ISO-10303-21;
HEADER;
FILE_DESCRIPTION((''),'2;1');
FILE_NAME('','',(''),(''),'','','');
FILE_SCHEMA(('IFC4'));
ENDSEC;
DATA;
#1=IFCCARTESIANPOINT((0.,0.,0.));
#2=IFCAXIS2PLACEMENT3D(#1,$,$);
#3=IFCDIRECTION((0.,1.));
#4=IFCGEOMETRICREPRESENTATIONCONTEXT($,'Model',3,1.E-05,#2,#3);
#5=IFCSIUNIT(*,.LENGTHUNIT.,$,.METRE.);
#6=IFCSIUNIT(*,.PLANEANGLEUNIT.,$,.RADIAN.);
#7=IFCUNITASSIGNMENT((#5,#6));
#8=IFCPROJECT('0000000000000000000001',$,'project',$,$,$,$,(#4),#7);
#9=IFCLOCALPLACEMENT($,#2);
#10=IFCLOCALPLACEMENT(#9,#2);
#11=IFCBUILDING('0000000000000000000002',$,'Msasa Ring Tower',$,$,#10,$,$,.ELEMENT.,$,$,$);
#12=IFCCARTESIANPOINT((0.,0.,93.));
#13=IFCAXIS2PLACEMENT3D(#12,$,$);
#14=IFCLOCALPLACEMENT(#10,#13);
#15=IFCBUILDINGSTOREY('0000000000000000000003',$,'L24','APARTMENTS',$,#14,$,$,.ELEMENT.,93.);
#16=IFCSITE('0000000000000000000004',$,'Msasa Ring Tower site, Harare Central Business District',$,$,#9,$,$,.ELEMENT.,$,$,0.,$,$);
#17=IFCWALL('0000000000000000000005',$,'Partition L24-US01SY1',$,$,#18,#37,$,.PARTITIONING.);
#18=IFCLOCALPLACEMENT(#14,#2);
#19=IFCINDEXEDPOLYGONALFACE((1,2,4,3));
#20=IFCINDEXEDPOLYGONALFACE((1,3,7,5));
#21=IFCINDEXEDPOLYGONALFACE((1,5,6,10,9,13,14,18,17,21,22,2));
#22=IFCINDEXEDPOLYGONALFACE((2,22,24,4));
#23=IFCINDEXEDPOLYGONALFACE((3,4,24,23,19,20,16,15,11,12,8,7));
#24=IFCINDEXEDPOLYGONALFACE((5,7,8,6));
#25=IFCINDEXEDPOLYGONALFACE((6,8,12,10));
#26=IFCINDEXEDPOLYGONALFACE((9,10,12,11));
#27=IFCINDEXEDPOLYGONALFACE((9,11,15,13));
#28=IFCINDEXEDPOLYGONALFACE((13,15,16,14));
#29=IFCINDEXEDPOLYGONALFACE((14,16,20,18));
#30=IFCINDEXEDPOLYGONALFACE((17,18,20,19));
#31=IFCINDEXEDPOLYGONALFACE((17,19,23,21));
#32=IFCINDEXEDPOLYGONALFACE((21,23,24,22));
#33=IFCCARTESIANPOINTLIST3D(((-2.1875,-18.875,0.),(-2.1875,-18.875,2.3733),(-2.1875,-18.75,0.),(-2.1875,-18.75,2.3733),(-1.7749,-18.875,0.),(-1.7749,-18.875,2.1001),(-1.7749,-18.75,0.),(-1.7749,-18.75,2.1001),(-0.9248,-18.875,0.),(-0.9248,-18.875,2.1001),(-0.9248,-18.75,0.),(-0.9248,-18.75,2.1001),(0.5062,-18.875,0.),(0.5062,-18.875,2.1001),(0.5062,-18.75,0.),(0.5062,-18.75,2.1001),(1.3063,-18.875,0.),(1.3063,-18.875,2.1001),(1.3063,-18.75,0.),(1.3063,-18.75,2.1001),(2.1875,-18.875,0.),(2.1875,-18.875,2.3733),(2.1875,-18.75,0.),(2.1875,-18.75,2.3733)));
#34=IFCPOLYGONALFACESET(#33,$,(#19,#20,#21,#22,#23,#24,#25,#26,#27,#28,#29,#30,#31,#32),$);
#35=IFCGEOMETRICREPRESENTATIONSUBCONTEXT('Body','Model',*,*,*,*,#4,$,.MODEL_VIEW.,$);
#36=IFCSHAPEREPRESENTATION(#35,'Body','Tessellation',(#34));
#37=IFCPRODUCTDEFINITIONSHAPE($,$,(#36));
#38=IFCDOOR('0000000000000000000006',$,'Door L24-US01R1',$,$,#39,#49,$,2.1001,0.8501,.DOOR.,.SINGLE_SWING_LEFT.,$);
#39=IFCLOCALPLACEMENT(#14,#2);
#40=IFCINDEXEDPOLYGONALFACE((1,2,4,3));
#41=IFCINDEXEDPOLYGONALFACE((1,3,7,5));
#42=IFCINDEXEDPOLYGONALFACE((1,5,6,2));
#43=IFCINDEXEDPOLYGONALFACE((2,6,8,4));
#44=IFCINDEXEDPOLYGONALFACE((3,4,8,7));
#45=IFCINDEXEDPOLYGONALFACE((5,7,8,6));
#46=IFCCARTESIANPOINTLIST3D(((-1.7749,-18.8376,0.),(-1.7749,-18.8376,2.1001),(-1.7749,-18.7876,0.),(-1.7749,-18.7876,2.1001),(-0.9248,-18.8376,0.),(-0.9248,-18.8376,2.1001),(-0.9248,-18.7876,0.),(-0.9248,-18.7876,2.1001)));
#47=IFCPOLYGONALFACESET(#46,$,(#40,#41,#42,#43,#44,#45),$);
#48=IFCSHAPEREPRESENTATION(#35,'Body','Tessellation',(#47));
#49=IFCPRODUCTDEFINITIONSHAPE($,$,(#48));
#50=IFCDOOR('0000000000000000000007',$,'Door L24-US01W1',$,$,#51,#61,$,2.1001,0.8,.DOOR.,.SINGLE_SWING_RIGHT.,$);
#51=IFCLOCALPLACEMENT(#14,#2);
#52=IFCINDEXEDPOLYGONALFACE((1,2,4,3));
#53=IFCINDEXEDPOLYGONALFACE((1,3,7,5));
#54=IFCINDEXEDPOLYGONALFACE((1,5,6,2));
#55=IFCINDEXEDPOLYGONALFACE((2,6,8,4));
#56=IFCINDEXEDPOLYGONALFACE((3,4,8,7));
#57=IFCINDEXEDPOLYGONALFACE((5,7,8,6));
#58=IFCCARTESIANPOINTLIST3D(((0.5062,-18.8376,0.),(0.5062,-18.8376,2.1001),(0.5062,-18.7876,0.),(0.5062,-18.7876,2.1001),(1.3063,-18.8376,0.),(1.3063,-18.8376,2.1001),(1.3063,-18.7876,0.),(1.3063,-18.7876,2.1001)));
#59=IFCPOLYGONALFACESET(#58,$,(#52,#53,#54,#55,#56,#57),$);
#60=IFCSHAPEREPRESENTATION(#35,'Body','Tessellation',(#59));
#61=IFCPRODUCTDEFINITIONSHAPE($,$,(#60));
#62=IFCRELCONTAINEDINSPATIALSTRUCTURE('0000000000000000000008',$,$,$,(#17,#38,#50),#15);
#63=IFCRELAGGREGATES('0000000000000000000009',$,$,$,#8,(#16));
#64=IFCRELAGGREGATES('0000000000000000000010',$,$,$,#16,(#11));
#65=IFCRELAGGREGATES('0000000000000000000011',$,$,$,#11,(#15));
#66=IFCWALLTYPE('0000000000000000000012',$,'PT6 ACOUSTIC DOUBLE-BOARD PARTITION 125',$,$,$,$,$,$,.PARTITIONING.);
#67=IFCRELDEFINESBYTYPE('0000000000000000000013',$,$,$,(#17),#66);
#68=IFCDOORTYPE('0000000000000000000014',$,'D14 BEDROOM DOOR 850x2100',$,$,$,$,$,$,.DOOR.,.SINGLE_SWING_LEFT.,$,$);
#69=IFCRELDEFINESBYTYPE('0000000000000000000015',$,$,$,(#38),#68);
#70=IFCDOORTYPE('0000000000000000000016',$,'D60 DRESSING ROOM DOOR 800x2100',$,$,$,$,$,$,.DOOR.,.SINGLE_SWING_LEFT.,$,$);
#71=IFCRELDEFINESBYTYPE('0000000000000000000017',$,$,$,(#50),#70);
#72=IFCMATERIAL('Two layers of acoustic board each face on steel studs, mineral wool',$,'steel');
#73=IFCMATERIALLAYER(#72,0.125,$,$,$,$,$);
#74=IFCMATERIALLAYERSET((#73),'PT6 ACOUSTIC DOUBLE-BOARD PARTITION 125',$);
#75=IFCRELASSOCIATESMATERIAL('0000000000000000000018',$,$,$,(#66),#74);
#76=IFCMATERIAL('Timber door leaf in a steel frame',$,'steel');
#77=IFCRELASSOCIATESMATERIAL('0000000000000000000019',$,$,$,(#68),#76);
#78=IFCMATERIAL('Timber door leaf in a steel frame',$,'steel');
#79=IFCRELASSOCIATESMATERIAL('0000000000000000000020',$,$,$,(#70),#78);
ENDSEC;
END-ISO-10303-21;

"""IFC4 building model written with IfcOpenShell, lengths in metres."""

from ifc_helpers import new_model, si_unit, direction, frame, frame_2d, origin, place, context, subcontext, project, spatial, rectangle, extrude, material, layer, layer_set, type_object, element, fill, save


model = new_model("IFC4")

# Units and contexts
model_context = context("Model", 3, precision=1e-05, world=origin(), true_north=direction((0.0, 1.0)))
body_context = subcontext(model_context, "Body", "Model", "MODEL_VIEW")
ifc_project = project(units=[si_unit("LENGTHUNIT", "METRE"), si_unit("PLANEANGLEUNIT", "RADIAN")], contexts=[model_context])

# Site, building, storey
site_placement = place(None, origin())
site = spatial("IfcSite", under=ifc_project, at=site_placement, Name="Msasa Ring Tower site, Harare Central Business District", CompositionType="ELEMENT", RefElevation=0.0)
building_placement = place(site_placement, origin())
building = spatial("IfcBuilding", under=site, at=building_placement, Name="Msasa Ring Tower", CompositionType="ELEMENT")
storey_placement = place(building_placement, frame((0.0, 0.0, 93.0)))
storey = spatial("IfcBuildingStorey", under=building, at=storey_placement, Name="L24", Description="APARTMENTS", CompositionType="ELEMENT", Elevation=93.0)

# Shared definitions
ifc_material_1 = material(Name="Two layers of acoustic board each face on steel studs, mineral wool", Category="steel")
ifc_layer_1 = layer(ifc_material_1, 0.125)
ifc_layer_set_1 = layer_set([ifc_layer_1], Name="PT6 ACOUSTIC DOUBLE-BOARD PARTITION 125")
wall_type_1 = type_object("IfcWallType", Name="PT6 ACOUSTIC DOUBLE-BOARD PARTITION 125", PredefinedType="PARTITIONING", material=ifc_layer_set_1)

# Shared definitions
ifc_material_2 = material(Name="Timber door leaf in a steel frame", Category="steel")
door_type_1 = type_object("IfcDoorType", Name="D14 BEDROOM DOOR 850x2100", OperationType="SINGLE_SWING_LEFT", PredefinedType="DOOR", material=ifc_material_2)
ifc_material_3 = material(Name="Timber door leaf in a steel frame", Category="steel")
door_type_2 = type_object("IfcDoorType", Name="D60 DRESSING ROOM DOOR 800x2100", OperationType="SINGLE_SWING_LEFT", PredefinedType="DOOR", material=ifc_material_3)

# Wall, openings, doors
wall_1_placement = place(storey_placement, frame((-2.1875, -18.8125, 0.0), z_axis=(0.0, 0.0, 1.0), x_axis=(1.0, 0.0, 0.0)))
wall_1 = element("IfcWall", 1, at=wall_1_placement, inside=storey, type_object=wall_type_1, Name="Partition L24-US01SY1", PredefinedType="PARTITIONING", context=body_context, shape_type="SweptSolid", body=[
    extrude(rectangle(XDim=4.375, YDim=0.125, at=frame_2d((2.1875, 0.0))), origin(), (0.0, 0.0, 1.0), 2.3733),
])
opening_1_placement = place(wall_1_placement, frame((0.4126, 0.0, 0.0)))
opening_1 = element("IfcOpeningElement", 2, at=opening_1_placement, cuts=wall_1, PredefinedType="OPENING", context=body_context, shape_type="SweptSolid", body=[
    extrude(rectangle(XDim=0.8501, YDim=2.1001, at=frame_2d((0.425, 1.05))), frame((0.0, 0.0725, 0.0), z_axis=(0.0, -1.0, 0.0), x_axis=(1.0, 0.0, 0.0)), (0.0, 0.0, 1.0), 0.145),
])
opening_2_placement = place(wall_1_placement, frame((2.6938, 0.0, 0.0)))
opening_2 = element("IfcOpeningElement", 3, at=opening_2_placement, cuts=wall_1, PredefinedType="OPENING", context=body_context, shape_type="SweptSolid", body=[
    extrude(rectangle(XDim=0.8, YDim=2.1001, at=frame_2d((0.3999, 1.05))), frame((0.0, 0.0725, 0.0), z_axis=(0.0, -1.0, 0.0), x_axis=(1.0, 0.0, 0.0)), (0.0, 0.0, 1.0), 0.145),
])
door_1_placement = place(opening_1_placement, origin())
door_1 = element("IfcDoor", 4, at=door_1_placement, inside=storey, type_object=door_type_1, Name="Door L24-US01R1", OperationType="SINGLE_SWING_LEFT", OverallHeight=2.1001, OverallWidth=0.8501, PredefinedType="DOOR", context=body_context, shape_type="SweptSolid", body=[
    extrude(rectangle(XDim=0.8501, YDim=2.1001, at=frame_2d((0.425, 1.05))), frame((0.0, 0.0249, 0.0), z_axis=(0.0, -1.0, 0.0), x_axis=(1.0, 0.0, 0.0)), (0.0, 0.0, 1.0), 0.05),
])
fill(opening_1, door_1)
door_2_placement = place(opening_2_placement, origin())
door_2 = element("IfcDoor", 5, at=door_2_placement, inside=storey, type_object=door_type_2, Name="Door L24-US01W1", OperationType="SINGLE_SWING_RIGHT", OverallHeight=2.1001, OverallWidth=0.8, PredefinedType="DOOR", context=body_context, shape_type="SweptSolid", body=[
    extrude(rectangle(XDim=0.8, YDim=2.1001, at=frame_2d((0.3999, 1.05))), frame((0.0, 0.0249, 0.0), z_axis=(0.0, -1.0, 0.0), x_axis=(1.0, 0.0, 0.0)), (0.0, 0.0, 1.0), 0.05),
])
fill(opening_2, door_2)

save(model, "model.ifc")
